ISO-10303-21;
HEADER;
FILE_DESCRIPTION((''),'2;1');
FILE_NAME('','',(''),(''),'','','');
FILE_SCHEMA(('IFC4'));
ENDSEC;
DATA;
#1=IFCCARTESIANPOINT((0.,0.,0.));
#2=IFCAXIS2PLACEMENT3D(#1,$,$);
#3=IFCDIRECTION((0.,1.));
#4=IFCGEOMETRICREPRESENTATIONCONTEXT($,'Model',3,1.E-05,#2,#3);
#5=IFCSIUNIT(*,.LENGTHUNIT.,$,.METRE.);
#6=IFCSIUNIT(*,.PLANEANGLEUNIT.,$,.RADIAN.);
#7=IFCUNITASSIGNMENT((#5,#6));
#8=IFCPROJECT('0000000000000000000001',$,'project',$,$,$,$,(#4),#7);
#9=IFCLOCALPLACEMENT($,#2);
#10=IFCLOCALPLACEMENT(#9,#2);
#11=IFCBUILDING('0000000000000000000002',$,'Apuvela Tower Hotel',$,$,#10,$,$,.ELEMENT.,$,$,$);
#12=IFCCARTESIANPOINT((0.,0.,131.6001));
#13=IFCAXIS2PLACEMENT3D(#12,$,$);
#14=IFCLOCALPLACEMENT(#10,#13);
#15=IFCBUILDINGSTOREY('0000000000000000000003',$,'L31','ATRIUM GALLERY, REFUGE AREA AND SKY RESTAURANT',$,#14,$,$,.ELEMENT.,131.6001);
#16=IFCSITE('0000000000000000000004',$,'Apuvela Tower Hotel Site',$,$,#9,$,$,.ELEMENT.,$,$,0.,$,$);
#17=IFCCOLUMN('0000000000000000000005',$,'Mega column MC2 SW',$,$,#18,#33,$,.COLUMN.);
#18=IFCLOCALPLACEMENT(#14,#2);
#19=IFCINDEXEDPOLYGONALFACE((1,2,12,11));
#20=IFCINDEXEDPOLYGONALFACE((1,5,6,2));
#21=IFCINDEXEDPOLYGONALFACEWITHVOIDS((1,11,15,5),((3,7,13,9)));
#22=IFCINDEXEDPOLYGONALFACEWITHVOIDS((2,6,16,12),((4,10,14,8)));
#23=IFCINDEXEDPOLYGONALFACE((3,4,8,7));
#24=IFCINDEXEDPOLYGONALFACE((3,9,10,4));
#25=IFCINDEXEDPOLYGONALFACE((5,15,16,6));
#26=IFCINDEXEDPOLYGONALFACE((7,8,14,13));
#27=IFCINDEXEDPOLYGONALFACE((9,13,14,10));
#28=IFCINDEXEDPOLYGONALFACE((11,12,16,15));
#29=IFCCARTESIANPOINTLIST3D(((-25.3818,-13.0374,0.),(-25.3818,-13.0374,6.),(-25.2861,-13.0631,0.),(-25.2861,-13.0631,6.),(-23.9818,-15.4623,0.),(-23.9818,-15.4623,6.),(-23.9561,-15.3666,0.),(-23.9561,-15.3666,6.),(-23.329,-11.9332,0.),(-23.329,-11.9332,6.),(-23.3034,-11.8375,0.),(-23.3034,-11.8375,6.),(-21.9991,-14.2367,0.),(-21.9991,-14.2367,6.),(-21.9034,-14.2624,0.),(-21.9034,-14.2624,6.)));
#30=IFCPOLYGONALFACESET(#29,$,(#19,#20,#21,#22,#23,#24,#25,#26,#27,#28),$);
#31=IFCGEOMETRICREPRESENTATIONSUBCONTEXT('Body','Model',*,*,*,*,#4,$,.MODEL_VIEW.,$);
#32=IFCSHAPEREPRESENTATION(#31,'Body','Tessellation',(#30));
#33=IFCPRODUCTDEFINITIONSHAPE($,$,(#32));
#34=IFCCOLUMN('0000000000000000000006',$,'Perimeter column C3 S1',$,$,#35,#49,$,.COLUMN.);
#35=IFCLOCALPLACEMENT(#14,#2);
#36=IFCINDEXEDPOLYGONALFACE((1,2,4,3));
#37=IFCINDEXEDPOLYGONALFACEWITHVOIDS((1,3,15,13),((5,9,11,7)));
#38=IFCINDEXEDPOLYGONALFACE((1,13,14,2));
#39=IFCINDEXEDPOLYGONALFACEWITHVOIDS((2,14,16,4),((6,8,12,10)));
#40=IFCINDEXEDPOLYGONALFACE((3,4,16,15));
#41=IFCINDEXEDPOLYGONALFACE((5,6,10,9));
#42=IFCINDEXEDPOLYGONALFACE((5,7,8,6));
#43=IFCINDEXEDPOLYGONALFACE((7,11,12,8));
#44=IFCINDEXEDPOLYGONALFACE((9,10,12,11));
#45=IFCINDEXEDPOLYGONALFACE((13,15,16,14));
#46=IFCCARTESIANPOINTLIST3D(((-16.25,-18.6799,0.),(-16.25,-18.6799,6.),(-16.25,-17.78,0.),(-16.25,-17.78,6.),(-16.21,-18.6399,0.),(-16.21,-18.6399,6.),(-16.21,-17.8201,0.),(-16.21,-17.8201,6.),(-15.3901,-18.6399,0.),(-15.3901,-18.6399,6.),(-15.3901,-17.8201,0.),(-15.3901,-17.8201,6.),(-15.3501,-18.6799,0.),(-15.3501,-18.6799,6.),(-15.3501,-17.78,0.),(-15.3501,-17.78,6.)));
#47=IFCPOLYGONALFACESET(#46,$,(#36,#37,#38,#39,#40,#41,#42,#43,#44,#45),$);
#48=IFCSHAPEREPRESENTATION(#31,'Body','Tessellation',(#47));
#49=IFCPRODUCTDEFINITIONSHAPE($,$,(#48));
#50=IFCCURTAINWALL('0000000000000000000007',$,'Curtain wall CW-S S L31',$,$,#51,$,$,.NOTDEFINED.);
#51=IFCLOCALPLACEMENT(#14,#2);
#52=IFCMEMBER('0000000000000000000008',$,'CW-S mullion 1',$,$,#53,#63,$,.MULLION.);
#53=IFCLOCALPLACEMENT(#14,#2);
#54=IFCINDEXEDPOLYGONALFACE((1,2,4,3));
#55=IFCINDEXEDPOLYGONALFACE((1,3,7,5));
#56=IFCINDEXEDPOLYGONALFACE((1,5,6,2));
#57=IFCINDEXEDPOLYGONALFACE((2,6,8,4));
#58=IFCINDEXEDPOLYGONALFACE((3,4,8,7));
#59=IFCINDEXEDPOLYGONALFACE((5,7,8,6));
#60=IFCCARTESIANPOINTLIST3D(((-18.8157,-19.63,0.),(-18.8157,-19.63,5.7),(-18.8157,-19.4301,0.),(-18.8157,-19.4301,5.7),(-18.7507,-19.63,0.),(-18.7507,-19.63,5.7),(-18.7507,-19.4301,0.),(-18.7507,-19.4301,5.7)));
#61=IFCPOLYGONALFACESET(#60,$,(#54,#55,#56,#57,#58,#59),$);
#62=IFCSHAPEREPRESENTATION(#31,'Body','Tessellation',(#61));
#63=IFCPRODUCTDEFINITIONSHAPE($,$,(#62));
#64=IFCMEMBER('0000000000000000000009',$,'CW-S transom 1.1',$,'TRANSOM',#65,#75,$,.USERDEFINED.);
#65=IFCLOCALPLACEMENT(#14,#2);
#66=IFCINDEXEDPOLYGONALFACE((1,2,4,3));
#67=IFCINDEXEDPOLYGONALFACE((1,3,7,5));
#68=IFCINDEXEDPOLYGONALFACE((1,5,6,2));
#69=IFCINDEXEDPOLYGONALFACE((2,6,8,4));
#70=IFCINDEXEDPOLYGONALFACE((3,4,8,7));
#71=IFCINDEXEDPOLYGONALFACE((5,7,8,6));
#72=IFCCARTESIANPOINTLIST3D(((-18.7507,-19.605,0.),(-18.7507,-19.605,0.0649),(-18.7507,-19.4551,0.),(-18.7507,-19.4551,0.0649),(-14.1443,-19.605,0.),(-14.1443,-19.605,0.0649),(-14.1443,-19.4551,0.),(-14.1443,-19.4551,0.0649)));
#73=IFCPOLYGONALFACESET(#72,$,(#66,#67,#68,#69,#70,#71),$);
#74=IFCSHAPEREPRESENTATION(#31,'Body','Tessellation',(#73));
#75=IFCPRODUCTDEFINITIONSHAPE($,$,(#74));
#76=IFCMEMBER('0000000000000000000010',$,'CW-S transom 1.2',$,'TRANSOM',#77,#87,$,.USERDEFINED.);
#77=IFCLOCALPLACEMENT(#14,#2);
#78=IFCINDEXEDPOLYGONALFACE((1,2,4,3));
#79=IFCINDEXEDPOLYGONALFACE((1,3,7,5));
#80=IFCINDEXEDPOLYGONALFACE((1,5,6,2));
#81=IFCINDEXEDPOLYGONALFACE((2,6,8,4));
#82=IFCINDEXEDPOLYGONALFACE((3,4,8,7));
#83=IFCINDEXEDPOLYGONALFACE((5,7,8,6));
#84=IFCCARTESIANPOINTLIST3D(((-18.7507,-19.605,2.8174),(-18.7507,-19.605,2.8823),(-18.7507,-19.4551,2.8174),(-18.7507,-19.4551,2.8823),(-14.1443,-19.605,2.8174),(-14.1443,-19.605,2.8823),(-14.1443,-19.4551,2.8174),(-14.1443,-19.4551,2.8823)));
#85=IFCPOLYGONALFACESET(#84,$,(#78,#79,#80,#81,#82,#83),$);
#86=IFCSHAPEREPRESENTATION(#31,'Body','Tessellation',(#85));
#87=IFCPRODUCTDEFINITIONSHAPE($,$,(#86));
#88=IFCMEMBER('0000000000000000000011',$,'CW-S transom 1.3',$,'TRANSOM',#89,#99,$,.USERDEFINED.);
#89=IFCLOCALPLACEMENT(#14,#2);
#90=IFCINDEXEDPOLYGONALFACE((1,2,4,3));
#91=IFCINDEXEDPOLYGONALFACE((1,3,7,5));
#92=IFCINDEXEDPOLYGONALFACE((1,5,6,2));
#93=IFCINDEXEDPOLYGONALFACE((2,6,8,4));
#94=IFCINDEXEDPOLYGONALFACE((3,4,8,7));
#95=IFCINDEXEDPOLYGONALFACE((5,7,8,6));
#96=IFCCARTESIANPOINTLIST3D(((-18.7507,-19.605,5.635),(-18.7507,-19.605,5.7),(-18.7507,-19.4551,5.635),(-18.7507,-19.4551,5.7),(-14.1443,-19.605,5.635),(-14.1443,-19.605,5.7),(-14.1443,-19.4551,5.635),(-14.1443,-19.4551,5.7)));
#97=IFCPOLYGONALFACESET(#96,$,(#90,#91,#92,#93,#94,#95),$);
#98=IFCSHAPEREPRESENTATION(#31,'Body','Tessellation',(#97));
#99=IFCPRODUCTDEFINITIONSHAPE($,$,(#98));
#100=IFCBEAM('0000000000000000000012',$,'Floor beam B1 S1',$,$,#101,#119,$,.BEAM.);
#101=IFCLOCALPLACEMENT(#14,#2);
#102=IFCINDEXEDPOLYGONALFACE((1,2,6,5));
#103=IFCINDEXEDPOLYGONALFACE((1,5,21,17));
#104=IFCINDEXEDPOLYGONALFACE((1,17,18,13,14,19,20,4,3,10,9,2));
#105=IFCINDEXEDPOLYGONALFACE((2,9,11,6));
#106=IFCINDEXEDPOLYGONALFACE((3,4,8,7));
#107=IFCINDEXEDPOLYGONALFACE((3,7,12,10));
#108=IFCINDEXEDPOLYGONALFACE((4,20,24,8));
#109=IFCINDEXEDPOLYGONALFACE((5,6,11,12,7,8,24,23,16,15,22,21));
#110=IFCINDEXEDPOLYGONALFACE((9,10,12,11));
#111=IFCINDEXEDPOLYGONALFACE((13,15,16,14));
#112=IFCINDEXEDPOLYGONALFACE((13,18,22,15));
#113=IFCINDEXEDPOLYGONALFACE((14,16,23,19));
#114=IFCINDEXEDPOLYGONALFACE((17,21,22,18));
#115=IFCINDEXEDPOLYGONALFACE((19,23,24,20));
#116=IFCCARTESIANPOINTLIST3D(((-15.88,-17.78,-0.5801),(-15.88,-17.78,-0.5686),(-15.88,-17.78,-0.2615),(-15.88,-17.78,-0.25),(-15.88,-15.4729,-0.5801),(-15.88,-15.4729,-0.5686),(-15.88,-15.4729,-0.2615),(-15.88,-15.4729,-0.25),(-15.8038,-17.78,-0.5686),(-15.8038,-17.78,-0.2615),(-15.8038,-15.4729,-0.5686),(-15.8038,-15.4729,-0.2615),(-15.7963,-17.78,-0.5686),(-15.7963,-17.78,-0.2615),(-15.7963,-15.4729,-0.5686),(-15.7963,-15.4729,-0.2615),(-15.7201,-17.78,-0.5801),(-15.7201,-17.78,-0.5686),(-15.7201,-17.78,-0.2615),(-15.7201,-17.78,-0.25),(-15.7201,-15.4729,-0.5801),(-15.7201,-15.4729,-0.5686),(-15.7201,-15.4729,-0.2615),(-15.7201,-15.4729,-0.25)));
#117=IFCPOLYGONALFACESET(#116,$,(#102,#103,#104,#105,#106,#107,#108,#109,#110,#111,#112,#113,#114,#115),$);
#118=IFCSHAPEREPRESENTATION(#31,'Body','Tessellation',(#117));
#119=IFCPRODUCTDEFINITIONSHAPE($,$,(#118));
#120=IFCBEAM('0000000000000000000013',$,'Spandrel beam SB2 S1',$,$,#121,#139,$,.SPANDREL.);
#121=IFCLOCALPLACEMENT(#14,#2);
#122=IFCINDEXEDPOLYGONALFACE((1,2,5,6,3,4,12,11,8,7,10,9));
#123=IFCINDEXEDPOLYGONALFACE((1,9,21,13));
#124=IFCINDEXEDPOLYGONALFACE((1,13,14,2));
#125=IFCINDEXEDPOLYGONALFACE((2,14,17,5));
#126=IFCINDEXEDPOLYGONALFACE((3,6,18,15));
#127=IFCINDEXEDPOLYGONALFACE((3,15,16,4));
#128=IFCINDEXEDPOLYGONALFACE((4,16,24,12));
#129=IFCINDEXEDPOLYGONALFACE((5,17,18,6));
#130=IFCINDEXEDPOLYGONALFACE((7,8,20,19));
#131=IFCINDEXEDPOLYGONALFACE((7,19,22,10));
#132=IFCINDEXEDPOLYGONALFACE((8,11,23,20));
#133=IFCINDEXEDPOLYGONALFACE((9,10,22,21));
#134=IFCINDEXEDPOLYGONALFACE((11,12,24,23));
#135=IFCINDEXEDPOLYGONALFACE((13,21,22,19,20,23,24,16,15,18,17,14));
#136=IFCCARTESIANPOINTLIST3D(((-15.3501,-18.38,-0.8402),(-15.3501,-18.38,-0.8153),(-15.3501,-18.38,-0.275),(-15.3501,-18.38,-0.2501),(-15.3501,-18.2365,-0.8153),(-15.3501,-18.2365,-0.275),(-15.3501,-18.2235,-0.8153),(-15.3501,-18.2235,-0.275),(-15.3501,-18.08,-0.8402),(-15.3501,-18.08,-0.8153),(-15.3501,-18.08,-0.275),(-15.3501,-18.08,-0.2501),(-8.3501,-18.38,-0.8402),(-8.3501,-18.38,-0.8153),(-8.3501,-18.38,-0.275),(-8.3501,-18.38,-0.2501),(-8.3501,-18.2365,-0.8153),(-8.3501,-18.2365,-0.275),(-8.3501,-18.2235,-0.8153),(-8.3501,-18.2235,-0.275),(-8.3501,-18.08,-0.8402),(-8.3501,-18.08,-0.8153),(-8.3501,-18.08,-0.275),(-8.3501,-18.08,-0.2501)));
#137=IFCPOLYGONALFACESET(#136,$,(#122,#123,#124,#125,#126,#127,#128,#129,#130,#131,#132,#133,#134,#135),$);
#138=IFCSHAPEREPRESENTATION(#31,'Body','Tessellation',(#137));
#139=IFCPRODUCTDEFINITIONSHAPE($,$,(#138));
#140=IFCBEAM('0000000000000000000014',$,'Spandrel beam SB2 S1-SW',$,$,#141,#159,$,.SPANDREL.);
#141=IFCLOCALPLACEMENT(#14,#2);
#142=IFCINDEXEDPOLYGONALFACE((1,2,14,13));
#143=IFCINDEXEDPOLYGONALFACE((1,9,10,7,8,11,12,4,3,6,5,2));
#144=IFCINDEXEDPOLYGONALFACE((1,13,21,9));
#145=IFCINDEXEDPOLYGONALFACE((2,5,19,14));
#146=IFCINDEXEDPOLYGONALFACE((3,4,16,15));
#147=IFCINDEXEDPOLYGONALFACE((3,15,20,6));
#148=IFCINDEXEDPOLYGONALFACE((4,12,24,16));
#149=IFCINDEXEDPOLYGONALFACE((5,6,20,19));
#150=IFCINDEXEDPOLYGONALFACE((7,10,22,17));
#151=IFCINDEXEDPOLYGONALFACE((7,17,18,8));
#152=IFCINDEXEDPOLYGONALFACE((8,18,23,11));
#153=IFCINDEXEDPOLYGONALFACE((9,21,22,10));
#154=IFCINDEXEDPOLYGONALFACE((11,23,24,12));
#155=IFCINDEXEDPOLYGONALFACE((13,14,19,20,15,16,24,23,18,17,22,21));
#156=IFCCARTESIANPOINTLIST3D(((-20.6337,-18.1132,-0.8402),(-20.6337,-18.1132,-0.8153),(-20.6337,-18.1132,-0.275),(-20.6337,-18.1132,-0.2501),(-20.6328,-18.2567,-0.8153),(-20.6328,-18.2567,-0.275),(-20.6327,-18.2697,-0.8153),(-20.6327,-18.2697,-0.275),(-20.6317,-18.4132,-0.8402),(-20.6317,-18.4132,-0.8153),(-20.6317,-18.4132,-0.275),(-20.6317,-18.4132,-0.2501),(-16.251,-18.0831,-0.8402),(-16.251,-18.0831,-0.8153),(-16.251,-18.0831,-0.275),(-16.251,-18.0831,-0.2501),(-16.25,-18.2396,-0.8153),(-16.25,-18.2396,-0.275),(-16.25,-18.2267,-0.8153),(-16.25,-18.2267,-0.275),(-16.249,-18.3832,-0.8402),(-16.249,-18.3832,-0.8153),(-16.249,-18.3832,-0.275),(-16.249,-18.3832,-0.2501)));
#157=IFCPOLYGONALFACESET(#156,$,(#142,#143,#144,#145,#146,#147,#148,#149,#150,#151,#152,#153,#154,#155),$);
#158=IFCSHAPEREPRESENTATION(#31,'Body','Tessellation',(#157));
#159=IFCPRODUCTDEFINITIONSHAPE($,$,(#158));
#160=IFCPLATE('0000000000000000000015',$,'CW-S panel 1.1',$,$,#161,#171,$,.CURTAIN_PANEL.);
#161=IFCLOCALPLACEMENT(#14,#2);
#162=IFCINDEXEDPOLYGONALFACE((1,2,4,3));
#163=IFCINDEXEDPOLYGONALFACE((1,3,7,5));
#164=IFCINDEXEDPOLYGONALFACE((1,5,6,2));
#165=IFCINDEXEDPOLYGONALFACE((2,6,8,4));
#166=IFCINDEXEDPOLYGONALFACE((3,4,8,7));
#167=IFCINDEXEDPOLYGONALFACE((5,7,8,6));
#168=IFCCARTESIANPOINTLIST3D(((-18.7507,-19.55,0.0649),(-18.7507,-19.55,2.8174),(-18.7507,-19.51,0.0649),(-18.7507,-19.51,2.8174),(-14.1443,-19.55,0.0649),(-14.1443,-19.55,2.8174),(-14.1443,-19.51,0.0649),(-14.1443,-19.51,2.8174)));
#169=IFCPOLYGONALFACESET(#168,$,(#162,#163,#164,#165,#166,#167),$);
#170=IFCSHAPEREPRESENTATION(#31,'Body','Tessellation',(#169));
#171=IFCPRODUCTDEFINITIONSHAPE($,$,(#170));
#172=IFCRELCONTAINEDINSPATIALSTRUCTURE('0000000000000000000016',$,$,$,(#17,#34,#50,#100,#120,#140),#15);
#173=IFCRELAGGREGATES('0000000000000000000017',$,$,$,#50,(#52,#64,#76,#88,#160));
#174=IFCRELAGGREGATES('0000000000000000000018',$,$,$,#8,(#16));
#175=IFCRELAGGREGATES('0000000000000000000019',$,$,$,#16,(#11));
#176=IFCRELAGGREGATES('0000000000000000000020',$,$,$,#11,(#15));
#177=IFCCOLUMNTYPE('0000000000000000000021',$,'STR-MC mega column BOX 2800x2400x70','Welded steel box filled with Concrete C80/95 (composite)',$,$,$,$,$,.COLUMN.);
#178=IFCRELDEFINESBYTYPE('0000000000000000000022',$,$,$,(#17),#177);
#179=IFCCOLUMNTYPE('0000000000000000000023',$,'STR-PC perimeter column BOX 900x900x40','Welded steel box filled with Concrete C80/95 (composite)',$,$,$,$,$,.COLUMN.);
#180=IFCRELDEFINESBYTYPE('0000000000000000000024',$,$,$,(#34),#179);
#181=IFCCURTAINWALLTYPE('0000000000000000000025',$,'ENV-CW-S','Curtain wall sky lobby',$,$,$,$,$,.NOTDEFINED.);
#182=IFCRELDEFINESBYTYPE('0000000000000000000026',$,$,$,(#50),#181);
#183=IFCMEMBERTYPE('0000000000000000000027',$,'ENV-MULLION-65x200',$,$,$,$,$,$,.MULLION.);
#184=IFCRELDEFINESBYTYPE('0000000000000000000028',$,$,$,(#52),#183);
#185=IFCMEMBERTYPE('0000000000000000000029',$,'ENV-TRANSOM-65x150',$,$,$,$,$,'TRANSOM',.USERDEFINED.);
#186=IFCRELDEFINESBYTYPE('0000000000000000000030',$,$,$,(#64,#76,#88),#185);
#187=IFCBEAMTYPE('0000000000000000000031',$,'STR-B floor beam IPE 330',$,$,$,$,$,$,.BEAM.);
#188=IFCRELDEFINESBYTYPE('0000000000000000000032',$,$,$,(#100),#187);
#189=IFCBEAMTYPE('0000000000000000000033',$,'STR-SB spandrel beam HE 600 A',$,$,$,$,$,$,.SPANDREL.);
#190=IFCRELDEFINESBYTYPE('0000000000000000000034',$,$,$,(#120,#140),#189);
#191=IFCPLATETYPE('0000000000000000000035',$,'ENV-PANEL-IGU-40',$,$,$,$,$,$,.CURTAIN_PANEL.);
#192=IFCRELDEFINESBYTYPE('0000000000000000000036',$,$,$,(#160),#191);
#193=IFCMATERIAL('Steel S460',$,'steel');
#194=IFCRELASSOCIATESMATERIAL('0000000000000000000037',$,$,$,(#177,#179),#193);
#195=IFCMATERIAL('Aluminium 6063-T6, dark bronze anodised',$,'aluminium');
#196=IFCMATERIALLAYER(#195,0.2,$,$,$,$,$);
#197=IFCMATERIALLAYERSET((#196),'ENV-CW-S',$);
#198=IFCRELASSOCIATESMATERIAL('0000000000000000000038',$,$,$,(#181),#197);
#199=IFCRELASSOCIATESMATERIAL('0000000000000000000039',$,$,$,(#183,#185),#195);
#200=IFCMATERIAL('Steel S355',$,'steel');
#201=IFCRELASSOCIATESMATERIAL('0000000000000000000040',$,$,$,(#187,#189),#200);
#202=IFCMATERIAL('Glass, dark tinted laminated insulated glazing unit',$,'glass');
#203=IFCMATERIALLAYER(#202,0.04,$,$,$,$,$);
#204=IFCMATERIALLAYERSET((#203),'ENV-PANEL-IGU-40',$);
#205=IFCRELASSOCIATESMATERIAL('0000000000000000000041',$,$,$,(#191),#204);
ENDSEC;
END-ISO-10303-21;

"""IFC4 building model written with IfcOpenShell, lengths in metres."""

from ifc_helpers import new_model, si_unit, direction, frame, origin, origin_2d, place, context, subcontext, project, spatial, rectangle, hollow_rectangle, i_section, extrude, material, layer, layer_set, material_profile, profile_set, type_object, element, aggregate, save


model = new_model("IFC4")

# Units and contexts
model_context = context("Model", 3, precision=1e-05, world=origin(), true_north=direction((0.0, 1.0)))
body_context = subcontext(model_context, "Body", "Model", "MODEL_VIEW")
ifc_project = project(units=[si_unit("LENGTHUNIT", "METRE"), si_unit("PLANEANGLEUNIT", "RADIAN")], contexts=[model_context])

# Site, building, storey
site_placement = place(None, origin())
site = spatial("IfcSite", under=ifc_project, at=site_placement, Name="Apuvela Tower Hotel Site", CompositionType="ELEMENT", RefElevation=0.0)
building_placement = place(site_placement, origin())
building = spatial("IfcBuilding", under=site, at=building_placement, Name="Apuvela Tower Hotel", CompositionType="ELEMENT")
storey_placement = place(building_placement, frame((0.0, 0.0, 131.6001)))
storey = spatial("IfcBuildingStorey", under=building, at=storey_placement, Name="L31", Description="ATRIUM GALLERY, REFUGE AREA AND SKY RESTAURANT", CompositionType="ELEMENT", Elevation=131.6001)

# Columns
ifc_material_1 = material(Name="Steel S460", Category="steel")
ifc_material_profile_1 = material_profile(ifc_material_1, hollow_rectangle(XDim=2.8, YDim=2.3999, WallThickness=0.0701, at=origin_2d()), Name="BOX 2800x2400x70")
ifc_material_2 = material(Name="Concrete C80/95", Category="concrete")
ifc_material_profile_2 = material_profile(ifc_material_2, rectangle(XDim=2.6599, YDim=2.26, at=origin_2d()), Name="Concrete C80/95 infill")
ifc_profile_set_1 = profile_set([ifc_material_profile_1, ifc_material_profile_2], Name="Steel S460")
column_type_1 = type_object("IfcColumnType", Name="STR-MC mega column BOX 2800x2400x70", Description="Welded steel box filled with Concrete C80/95 (composite)", PredefinedType="COLUMN", material=ifc_profile_set_1)
column_1_placement = place(storey_placement, frame((-23.6426, -13.6499, 0.0), z_axis=(0.0, 0.0, 1.0), x_axis=(-0.5, 0.866025, 0.0)))
element("IfcColumn", 1, at=column_1_placement, inside=storey, type_object=column_type_1, Name="Mega column MC2 SW", PredefinedType="COLUMN", context=body_context, shape_type="SweptSolid", body=[
    extrude(hollow_rectangle(XDim=2.8, YDim=2.3999, WallThickness=0.0701, at=origin_2d()), origin(), (0.0, 0.0, 1.0), 6.0),
])
ifc_material_profile_3 = material_profile(ifc_material_1, hollow_rectangle(XDim=0.8999, YDim=0.8999, WallThickness=0.04, at=origin_2d()), Name="BOX 900x900x40")
ifc_material_profile_4 = material_profile(ifc_material_2, rectangle(XDim=0.8201, YDim=0.8201, at=origin_2d()), Name="Concrete C80/95 infill")
ifc_profile_set_2 = profile_set([ifc_material_profile_3, ifc_material_profile_4], Name="Steel S460")
column_type_2 = type_object("IfcColumnType", Name="STR-PC perimeter column BOX 900x900x40", Description="Welded steel box filled with Concrete C80/95 (composite)", PredefinedType="COLUMN", material=ifc_profile_set_2)
column_2_placement = place(storey_placement, frame((-15.8, -18.23, 0.0), z_axis=(0.0, 0.0, 1.0), x_axis=(-1.0, 0.0, 0.0)))
element("IfcColumn", 2, at=column_2_placement, inside=storey, type_object=column_type_2, Name="Perimeter column C3 S1", PredefinedType="COLUMN", context=body_context, shape_type="SweptSolid", body=[
    extrude(hollow_rectangle(XDim=0.8999, YDim=0.8999, WallThickness=0.04, at=origin_2d()), origin(), (0.0, 0.0, 1.0), 6.0),
])

# Curtain wall, members
ifc_material_3 = material(Name="Aluminium 6063-T6, dark bronze anodised", Category="aluminium")
ifc_layer_1 = layer(ifc_material_3, 0.2)
ifc_layer_set_1 = layer_set([ifc_layer_1], Name="ENV-CW-S")
curtain_wall_type = type_object("IfcCurtainWallType", Name="ENV-CW-S", Description="Curtain wall sky lobby", PredefinedType="NOTDEFINED", material=ifc_layer_set_1)
curtain_wall_placement = place(storey_placement, origin())
curtain_wall = element("IfcCurtainWall", 3, at=curtain_wall_placement, inside=storey, type_object=curtain_wall_type, Name="Curtain wall CW-S S L31", PredefinedType="NOTDEFINED")
ifc_material_profile_5 = material_profile(ifc_material_3, rectangle(XDim=0.2, YDim=0.0649, at=origin_2d()), Name="AL 65x200")
ifc_profile_set_3 = profile_set([ifc_material_profile_5], Name="Aluminium 6063-T6, dark bronze anodised")
member_type_1 = type_object("IfcMemberType", Name="ENV-MULLION-65x200", PredefinedType="MULLION", material=ifc_profile_set_3)
member_1_placement = place(storey_placement, frame((-18.7832, -19.53, 0.0), z_axis=(0.0, 0.0, 1.0), x_axis=(0.0, 1.0, 0.0)))
member_1 = element("IfcMember", 4, at=member_1_placement, type_object=member_type_1, Name="CW-S mullion 1", PredefinedType="MULLION", context=body_context, shape_type="SweptSolid", body=[
    extrude(rectangle(XDim=0.2, YDim=0.0649, at=origin_2d()), origin(), (0.0, 0.0, 1.0), 5.7),
])
ifc_material_profile_6 = material_profile(ifc_material_3, rectangle(XDim=0.1499, YDim=0.0649, at=origin_2d()), Name="AL 65x150 transom")
ifc_profile_set_4 = profile_set([ifc_material_profile_6], Name="Aluminium 6063-T6, dark bronze anodised")
member_type_2 = type_object("IfcMemberType", Name="ENV-TRANSOM-65x150", ElementType="TRANSOM", PredefinedType="USERDEFINED", material=ifc_profile_set_4)
member_2_placement = place(storey_placement, frame((-18.7507, -19.53, 0.0325), z_axis=(1.0, 0.0, 0.0), x_axis=(0.0, 1.0, 0.0)))
member_2 = element("IfcMember", 5, at=member_2_placement, type_object=member_type_2, Name="CW-S transom 1.1", ObjectType="TRANSOM", PredefinedType="USERDEFINED", context=body_context, shape_type="SweptSolid", body=[
    extrude(rectangle(XDim=0.1499, YDim=0.0649, at=origin_2d()), origin(), (0.0, 0.0, 1.0), 4.6064),
])
member_3_placement = place(storey_placement, frame((-18.7507, -19.53, 2.8499), z_axis=(1.0, 0.0, 0.0), x_axis=(0.0, 1.0, 0.0)))
member_3 = element("IfcMember", 6, at=member_3_placement, type_object=member_type_2, Name="CW-S transom 1.2", ObjectType="TRANSOM", PredefinedType="USERDEFINED", context=body_context, shape_type="SweptSolid", body=[
    extrude(rectangle(XDim=0.1499, YDim=0.0649, at=origin_2d()), origin(), (0.0, 0.0, 1.0), 4.6064),
])
member_4_placement = place(storey_placement, frame((-18.7507, -19.53, 5.6675), z_axis=(1.0, 0.0, 0.0), x_axis=(0.0, 1.0, 0.0)))
member_4 = element("IfcMember", 7, at=member_4_placement, type_object=member_type_2, Name="CW-S transom 1.3", ObjectType="TRANSOM", PredefinedType="USERDEFINED", context=body_context, shape_type="SweptSolid", body=[
    extrude(rectangle(XDim=0.1499, YDim=0.0649, at=origin_2d()), origin(), (0.0, 0.0, 1.0), 4.6064),
])

# Beams
ifc_material_4 = material(Name="Steel S355", Category="steel")
ifc_material_profile_7 = material_profile(ifc_material_4, i_section(OverallWidth=0.1599, OverallDepth=0.3301, WebThickness=0.0076, FlangeThickness=0.0115, at=origin_2d()), Name="IPE 330")
ifc_profile_set_5 = profile_set([ifc_material_profile_7], Name="Steel S355")
beam_type_1 = type_object("IfcBeamType", Name="STR-B floor beam IPE 330", PredefinedType="BEAM", material=ifc_profile_set_5)
beam_1_placement = place(storey_placement, frame((-15.8, -17.78, -0.415), z_axis=(0.0, 1.0, 0.0), x_axis=(-1.0, 0.0, 0.0)))
element("IfcBeam", 8, at=beam_1_placement, inside=storey, type_object=beam_type_1, Name="Floor beam B1 S1", PredefinedType="BEAM", context=body_context, shape_type="SweptSolid", body=[
    extrude(i_section(OverallWidth=0.1599, OverallDepth=0.3301, WebThickness=0.0076, FlangeThickness=0.0115, at=origin_2d()), origin(), (0.0, 0.0, 1.0), 2.3071),
])
ifc_material_profile_8 = material_profile(ifc_material_4, i_section(OverallWidth=0.3, OverallDepth=0.5901, WebThickness=0.0129, FlangeThickness=0.0249, at=origin_2d()), Name="HE 600 A")
ifc_profile_set_6 = profile_set([ifc_material_profile_8], Name="Steel S355")
beam_type_2 = type_object("IfcBeamType", Name="STR-SB spandrel beam HE 600 A", PredefinedType="SPANDREL", material=ifc_profile_set_6)
beam_2_placement = place(storey_placement, frame((-15.3501, -18.23, -0.5452), z_axis=(1.0, 0.0, 0.0), x_axis=(0.0, 1.0, 0.0)))
element("IfcBeam", 9, at=beam_2_placement, inside=storey, type_object=beam_type_2, Name="Spandrel beam SB2 S1", PredefinedType="SPANDREL", context=body_context, shape_type="SweptSolid", body=[
    extrude(i_section(OverallWidth=0.3, OverallDepth=0.5901, WebThickness=0.0129, FlangeThickness=0.0249, at=origin_2d()), origin(), (0.0, 0.0, 1.0), 7.0),
])
beam_3_placement = place(storey_placement, frame((-16.25, -18.2332, -0.5452), z_axis=(-0.999977, -0.006851, 0.0), x_axis=(0.006851, -0.999977, 0.0)))
element("IfcBeam", 10, at=beam_3_placement, inside=storey, type_object=beam_type_2, Name="Spandrel beam SB2 S1-SW", PredefinedType="SPANDREL", context=body_context, shape_type="SweptSolid", body=[
    extrude(i_section(OverallWidth=0.3, OverallDepth=0.5901, WebThickness=0.0129, FlangeThickness=0.0249, at=origin_2d()), origin(), (0.0, 0.0, 1.0), 4.3828),
])

# Plate
ifc_material_5 = material(Name="Glass, dark tinted laminated insulated glazing unit", Category="glass")
ifc_layer_2 = layer(ifc_material_5, 0.04)
ifc_layer_set_2 = layer_set([ifc_layer_2], Name="ENV-PANEL-IGU-40")
plate_type = type_object("IfcPlateType", Name="ENV-PANEL-IGU-40", PredefinedType="CURTAIN_PANEL", material=ifc_layer_set_2)
plate_1_placement = place(storey_placement, frame((-16.4475, -19.53, 0.0649), z_axis=(0.0, 0.0, 1.0), x_axis=(1.0, 0.0, 0.0)))
plate_1 = element("IfcPlate", 11, at=plate_1_placement, type_object=plate_type, Name="CW-S panel 1.1", PredefinedType="CURTAIN_PANEL", context=body_context, shape_type="SweptSolid", body=[
    extrude(rectangle(XDim=4.6064, YDim=0.04, at=origin_2d()), origin(), (0.0, 0.0, 1.0), 2.7524),
])
aggregate(curtain_wall, [member_1, member_2, member_3, member_4, plate_1])

save(model, "model.ifc")
